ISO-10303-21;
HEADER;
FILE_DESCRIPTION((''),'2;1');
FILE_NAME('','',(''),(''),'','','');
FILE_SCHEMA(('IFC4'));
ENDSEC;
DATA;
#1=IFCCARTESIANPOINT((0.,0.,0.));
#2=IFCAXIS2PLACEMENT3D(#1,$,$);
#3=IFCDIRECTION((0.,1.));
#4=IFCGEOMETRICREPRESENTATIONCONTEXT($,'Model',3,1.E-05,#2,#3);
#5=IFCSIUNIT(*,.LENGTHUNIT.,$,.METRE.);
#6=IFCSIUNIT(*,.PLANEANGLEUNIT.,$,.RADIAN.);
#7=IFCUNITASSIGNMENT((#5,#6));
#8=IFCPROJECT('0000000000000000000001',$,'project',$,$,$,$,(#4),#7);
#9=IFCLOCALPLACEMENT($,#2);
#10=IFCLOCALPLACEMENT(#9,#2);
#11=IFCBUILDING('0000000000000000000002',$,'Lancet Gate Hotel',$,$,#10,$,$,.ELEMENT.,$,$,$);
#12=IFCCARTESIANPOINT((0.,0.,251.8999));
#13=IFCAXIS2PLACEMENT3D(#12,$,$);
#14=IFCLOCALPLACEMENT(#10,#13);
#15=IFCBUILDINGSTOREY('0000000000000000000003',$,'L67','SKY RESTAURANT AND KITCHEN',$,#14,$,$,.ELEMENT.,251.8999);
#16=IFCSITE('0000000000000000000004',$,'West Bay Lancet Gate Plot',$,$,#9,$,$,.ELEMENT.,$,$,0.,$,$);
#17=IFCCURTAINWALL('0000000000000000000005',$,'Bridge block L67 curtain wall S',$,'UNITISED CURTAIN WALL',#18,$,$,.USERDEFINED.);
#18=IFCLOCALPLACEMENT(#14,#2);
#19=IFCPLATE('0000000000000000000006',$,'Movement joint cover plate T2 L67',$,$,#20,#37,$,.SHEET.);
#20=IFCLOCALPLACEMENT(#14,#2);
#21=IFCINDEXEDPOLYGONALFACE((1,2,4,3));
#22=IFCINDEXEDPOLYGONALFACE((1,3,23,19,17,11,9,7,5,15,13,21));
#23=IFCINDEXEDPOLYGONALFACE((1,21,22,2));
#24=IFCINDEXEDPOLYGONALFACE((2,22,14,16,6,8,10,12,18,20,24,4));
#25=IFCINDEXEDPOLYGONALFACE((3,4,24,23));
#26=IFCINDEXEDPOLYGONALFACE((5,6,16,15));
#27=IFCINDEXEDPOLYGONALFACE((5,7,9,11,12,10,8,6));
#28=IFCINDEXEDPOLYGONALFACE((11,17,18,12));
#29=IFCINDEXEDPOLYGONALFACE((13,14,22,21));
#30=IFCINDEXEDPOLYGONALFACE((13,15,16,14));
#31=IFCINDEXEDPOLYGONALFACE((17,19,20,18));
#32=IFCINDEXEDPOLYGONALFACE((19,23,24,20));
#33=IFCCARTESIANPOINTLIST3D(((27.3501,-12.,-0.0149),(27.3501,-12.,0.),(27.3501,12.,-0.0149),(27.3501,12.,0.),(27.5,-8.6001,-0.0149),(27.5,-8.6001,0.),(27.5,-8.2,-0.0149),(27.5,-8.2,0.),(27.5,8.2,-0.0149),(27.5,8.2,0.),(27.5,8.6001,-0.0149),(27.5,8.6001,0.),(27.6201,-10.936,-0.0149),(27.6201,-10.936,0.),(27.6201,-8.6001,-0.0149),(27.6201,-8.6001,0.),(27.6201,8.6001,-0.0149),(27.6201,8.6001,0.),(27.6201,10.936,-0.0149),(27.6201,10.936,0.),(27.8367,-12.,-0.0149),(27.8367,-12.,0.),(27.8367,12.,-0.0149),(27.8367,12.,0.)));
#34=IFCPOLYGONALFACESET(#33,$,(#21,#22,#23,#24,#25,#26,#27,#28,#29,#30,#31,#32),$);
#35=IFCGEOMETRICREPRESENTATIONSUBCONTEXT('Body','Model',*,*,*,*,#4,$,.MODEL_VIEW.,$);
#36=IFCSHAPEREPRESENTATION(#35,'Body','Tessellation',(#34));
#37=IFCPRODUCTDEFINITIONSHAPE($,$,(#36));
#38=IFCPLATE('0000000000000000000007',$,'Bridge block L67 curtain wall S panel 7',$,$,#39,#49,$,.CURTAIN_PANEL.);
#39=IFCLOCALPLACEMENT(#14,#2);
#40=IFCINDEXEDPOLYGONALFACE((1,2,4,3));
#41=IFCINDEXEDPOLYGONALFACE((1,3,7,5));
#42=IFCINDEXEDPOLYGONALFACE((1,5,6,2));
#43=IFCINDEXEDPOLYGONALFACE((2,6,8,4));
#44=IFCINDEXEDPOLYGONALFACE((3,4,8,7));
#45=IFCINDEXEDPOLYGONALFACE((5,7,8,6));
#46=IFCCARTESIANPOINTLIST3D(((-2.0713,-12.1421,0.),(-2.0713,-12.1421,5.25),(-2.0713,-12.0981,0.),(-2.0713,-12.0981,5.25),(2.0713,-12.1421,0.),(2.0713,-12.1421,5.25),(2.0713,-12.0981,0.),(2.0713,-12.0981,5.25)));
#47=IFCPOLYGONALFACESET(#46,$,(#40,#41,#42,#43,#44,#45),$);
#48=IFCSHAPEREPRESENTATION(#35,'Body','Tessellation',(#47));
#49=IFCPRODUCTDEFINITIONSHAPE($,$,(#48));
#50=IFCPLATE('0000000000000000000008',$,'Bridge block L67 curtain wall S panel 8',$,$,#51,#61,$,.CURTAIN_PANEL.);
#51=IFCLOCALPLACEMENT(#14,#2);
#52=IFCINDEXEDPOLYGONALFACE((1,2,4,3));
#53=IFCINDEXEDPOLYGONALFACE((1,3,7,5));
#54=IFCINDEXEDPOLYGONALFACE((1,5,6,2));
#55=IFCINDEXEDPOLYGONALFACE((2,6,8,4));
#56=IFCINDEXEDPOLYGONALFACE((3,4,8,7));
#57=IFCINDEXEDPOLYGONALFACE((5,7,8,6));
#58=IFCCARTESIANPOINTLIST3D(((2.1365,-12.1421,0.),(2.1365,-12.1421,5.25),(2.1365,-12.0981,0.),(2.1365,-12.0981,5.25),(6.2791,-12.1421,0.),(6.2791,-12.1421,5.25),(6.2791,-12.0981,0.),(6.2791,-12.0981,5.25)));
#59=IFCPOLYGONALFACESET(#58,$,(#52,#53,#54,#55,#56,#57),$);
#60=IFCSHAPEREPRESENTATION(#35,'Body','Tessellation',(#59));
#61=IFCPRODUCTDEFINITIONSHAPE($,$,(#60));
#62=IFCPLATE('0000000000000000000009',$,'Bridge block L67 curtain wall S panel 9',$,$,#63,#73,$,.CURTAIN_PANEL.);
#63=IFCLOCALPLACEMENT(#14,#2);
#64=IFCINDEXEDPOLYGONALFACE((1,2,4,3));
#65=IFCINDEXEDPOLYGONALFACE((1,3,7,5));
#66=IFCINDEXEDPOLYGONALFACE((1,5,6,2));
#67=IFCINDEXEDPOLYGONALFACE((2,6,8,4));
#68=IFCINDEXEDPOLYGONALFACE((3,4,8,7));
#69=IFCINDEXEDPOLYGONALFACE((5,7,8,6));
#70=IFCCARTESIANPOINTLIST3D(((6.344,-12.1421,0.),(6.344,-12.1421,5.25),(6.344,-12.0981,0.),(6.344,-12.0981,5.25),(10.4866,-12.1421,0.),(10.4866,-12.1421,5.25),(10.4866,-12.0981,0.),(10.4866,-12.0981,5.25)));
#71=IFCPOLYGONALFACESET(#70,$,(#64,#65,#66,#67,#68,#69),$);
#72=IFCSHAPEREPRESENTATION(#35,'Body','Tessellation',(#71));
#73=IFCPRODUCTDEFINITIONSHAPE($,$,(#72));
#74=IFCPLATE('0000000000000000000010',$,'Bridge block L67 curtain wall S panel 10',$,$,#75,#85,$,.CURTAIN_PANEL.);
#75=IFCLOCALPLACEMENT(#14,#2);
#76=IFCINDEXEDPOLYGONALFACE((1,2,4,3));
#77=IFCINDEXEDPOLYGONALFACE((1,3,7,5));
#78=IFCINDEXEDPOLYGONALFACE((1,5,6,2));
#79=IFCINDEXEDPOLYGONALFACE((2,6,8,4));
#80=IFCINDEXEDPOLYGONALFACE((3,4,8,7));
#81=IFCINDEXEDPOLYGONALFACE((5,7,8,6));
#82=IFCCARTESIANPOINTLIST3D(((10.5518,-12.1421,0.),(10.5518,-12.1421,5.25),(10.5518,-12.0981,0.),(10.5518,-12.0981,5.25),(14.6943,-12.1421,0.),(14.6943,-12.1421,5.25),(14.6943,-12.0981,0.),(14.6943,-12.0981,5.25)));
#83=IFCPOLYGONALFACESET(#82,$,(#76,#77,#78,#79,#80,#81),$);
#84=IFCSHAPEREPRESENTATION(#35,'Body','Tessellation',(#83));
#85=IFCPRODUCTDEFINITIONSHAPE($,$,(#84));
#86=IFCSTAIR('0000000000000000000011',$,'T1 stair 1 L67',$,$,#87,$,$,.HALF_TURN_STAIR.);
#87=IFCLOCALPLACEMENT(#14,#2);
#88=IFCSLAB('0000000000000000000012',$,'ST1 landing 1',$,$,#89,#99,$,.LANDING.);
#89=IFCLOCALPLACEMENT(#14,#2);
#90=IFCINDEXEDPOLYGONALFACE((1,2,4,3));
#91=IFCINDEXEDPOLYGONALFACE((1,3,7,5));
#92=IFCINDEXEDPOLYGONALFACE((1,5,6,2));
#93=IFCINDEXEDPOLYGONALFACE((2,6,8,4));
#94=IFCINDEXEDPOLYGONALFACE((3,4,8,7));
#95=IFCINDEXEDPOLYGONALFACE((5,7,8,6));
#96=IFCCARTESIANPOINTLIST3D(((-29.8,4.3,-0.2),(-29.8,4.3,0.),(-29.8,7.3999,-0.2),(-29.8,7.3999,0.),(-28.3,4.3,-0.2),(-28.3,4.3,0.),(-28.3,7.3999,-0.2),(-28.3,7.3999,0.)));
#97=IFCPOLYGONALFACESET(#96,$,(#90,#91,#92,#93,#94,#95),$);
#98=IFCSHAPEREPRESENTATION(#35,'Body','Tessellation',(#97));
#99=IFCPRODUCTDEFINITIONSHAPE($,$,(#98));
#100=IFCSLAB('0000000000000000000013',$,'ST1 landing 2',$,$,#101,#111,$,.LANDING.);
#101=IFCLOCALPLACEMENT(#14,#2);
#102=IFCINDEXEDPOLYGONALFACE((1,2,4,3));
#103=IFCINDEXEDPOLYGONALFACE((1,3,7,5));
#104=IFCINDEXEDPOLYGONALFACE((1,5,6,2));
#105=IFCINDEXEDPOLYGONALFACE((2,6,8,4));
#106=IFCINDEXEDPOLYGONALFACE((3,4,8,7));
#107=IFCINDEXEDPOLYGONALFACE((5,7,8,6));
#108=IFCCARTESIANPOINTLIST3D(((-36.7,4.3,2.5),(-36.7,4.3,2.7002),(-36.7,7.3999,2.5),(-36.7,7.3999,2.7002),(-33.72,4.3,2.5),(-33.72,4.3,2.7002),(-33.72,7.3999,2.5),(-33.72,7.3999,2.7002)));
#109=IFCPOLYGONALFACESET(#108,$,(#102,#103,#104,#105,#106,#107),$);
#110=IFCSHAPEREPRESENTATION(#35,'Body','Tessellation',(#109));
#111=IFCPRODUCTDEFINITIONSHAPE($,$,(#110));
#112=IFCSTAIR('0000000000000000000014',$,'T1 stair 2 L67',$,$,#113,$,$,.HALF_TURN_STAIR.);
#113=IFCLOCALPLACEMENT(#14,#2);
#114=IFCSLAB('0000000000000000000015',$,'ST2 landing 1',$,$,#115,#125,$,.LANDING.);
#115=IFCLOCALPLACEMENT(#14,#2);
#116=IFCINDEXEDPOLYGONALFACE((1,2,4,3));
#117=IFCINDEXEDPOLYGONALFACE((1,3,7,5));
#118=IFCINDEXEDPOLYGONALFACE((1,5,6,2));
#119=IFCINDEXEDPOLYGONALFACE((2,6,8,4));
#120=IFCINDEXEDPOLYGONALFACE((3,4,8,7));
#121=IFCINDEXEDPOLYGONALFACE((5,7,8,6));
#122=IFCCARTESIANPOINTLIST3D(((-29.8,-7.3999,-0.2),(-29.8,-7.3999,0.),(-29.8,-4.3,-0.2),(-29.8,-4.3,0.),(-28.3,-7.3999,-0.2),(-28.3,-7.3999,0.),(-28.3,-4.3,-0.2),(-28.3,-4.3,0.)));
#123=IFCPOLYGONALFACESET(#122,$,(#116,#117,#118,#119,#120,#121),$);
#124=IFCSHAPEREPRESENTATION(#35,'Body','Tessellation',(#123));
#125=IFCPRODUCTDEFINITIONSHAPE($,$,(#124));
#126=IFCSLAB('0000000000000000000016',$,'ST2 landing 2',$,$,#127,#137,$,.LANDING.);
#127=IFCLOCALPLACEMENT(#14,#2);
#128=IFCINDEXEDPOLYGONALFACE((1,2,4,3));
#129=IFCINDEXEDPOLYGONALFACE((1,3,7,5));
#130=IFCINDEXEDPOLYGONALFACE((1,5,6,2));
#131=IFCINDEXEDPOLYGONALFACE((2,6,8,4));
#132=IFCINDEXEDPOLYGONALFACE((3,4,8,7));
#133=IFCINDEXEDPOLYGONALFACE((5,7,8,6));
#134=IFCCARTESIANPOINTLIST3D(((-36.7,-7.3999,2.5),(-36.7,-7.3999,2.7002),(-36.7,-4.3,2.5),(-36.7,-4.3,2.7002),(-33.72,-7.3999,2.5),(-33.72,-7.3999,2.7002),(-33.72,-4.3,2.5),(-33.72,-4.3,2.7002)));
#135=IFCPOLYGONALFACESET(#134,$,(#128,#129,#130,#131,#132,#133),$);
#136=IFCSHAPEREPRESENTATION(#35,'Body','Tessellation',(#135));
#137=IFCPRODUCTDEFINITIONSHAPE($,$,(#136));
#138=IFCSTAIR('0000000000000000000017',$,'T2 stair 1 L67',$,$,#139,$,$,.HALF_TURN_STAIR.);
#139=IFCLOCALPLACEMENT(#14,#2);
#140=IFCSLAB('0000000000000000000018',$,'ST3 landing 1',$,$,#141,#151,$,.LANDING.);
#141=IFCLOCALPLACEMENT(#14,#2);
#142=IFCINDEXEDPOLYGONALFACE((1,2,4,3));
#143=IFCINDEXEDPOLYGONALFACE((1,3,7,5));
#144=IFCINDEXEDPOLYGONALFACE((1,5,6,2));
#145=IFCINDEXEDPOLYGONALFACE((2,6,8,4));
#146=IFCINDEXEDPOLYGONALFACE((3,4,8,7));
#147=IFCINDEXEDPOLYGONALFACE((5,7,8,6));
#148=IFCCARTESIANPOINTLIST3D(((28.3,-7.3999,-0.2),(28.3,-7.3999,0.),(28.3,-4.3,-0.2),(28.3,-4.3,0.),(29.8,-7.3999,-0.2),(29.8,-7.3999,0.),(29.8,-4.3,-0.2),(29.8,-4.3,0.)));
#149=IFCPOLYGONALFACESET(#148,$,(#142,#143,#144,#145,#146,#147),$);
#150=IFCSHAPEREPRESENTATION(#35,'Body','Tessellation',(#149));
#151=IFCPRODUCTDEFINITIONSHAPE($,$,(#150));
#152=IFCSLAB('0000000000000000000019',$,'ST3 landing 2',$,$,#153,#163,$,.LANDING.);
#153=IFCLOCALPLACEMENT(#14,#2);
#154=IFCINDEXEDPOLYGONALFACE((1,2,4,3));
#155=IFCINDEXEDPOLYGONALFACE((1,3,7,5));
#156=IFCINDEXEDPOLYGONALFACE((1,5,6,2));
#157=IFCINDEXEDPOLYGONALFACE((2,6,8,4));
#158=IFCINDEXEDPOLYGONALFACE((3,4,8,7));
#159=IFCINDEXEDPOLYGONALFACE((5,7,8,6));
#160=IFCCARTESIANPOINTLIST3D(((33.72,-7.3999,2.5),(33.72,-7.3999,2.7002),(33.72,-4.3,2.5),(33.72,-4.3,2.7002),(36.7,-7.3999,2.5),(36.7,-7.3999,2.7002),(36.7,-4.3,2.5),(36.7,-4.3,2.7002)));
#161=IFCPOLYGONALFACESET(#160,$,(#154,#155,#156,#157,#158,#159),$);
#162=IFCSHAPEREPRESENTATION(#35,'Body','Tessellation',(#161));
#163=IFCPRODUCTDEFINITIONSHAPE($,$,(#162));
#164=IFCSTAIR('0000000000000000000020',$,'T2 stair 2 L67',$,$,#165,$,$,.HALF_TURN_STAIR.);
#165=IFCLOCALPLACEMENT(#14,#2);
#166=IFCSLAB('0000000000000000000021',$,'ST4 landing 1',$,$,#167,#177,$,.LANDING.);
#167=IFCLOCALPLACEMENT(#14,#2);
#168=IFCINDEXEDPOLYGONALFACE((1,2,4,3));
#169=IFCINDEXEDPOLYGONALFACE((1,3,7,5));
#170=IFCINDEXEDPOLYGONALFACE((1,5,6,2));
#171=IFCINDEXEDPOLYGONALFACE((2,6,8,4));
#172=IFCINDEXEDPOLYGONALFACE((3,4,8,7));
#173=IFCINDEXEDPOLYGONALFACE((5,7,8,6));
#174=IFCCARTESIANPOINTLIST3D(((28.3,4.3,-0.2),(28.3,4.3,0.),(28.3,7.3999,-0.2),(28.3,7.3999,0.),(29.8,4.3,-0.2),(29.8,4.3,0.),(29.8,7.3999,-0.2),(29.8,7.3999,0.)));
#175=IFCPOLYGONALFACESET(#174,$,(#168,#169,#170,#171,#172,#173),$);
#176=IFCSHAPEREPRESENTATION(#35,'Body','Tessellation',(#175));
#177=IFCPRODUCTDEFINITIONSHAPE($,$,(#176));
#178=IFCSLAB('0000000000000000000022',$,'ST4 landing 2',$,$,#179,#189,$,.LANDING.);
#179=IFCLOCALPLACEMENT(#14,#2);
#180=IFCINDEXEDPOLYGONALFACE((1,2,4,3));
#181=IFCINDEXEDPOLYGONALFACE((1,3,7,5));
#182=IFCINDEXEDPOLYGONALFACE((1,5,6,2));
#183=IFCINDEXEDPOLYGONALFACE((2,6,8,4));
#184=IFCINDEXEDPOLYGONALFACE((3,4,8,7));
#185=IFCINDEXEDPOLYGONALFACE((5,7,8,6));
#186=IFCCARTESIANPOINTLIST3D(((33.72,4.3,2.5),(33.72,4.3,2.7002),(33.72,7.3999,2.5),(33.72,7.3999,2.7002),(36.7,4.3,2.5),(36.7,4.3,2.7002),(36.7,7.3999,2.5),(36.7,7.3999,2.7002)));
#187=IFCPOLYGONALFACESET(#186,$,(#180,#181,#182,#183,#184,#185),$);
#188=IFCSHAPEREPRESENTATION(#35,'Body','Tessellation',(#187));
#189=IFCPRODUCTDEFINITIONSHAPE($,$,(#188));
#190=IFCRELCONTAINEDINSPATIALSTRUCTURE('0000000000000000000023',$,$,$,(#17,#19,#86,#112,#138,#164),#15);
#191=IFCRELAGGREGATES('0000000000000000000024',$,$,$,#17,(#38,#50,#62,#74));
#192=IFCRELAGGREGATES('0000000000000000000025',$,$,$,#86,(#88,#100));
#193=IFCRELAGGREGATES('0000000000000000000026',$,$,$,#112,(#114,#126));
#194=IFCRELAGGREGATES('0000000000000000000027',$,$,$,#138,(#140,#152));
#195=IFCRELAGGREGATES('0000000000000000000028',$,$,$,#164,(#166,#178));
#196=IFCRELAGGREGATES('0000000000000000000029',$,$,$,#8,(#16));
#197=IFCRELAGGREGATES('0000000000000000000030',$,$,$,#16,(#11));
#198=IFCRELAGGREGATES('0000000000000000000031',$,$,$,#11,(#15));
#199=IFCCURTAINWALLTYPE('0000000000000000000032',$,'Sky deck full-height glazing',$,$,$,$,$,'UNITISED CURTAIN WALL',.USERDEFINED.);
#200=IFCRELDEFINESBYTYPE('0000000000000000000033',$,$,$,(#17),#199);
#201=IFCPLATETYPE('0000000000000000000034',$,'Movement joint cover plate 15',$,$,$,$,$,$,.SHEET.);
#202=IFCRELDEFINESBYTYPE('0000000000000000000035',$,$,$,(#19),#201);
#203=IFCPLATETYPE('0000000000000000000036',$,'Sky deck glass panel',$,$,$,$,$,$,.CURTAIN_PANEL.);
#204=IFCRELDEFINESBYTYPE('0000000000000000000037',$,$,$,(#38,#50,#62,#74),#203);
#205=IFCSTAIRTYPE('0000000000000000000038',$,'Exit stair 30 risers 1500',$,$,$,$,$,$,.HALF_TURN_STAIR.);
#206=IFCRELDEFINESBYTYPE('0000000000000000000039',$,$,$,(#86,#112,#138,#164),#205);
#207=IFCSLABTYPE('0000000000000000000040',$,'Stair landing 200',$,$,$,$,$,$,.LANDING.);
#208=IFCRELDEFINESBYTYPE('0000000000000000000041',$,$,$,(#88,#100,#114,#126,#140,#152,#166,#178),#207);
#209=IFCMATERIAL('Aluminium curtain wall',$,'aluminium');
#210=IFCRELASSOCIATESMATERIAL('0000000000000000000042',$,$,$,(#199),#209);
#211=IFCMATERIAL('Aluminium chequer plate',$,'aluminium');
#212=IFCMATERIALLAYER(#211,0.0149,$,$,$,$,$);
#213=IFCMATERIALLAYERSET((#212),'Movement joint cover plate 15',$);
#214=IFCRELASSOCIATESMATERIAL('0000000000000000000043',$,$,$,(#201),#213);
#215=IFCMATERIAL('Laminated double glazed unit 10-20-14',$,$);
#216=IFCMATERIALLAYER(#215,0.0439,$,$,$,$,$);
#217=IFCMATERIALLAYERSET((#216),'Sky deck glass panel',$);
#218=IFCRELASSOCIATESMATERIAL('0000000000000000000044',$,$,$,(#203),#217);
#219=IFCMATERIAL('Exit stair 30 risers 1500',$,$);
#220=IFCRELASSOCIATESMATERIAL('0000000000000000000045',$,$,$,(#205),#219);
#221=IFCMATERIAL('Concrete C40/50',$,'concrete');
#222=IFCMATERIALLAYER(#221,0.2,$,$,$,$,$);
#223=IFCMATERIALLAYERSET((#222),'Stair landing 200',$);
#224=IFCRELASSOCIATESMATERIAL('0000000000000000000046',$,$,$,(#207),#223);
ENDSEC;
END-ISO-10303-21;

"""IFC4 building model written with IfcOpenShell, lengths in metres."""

from ifc_helpers import new_model, si_unit, direction, frame, origin, origin_2d, place, context, subcontext, project, spatial, polyline, rectangle, outline, extrude, material, layer, layer_set, type_object, element, aggregate, save


model = new_model("IFC4")

# Units and contexts
model_context = context("Model", 3, precision=1e-05, world=origin(), true_north=direction((0.0, 1.0)))
body_context = subcontext(model_context, "Body", "Model", "MODEL_VIEW")
ifc_project = project(units=[si_unit("LENGTHUNIT", "METRE"), si_unit("PLANEANGLEUNIT", "RADIAN")], contexts=[model_context])

# Site, building, storey
site_placement = place(None, origin())
site = spatial("IfcSite", under=ifc_project, at=site_placement, Name="West Bay Lancet Gate Plot", CompositionType="ELEMENT", RefElevation=0.0)
building_placement = place(site_placement, origin())
building = spatial("IfcBuilding", under=site, at=building_placement, Name="Lancet Gate Hotel", CompositionType="ELEMENT")
storey_placement = place(building_placement, frame((0.0, 0.0, 251.8999)))
storey = spatial("IfcBuildingStorey", under=building, at=storey_placement, Name="L67", Description="SKY RESTAURANT AND KITCHEN", CompositionType="ELEMENT", Elevation=251.8999)

# Curtain wall
ifc_material_1 = material(Name="Aluminium curtain wall", Category="aluminium")
curtain_wall_type = type_object("IfcCurtainWallType", Name="Sky deck full-height glazing", ElementType="UNITISED CURTAIN WALL", PredefinedType="USERDEFINED", material=ifc_material_1)
curtain_wall_placement = place(storey_placement, origin())
curtain_wall = element("IfcCurtainWall", 1, at=curtain_wall_placement, inside=storey, type_object=curtain_wall_type, Name="Bridge block L67 curtain wall S", ObjectType="UNITISED CURTAIN WALL", PredefinedType="USERDEFINED")

# Plate
ifc_material_2 = material(Name="Aluminium chequer plate", Category="aluminium")
ifc_layer_1 = layer(ifc_material_2, 0.0149)
ifc_layer_set_1 = layer_set([ifc_layer_1], Name="Movement joint cover plate 15")
plate_type_1 = type_object("IfcPlateType", Name="Movement joint cover plate 15", PredefinedType="SHEET", material=ifc_layer_set_1)
plate_1_placement = place(storey_placement, frame((0.0, 0.0, -0.0149)))
element("IfcPlate", 2, at=plate_1_placement, inside=storey, type_object=plate_type_1, Name="Movement joint cover plate T2 L67", PredefinedType="SHEET", context=body_context, shape_type="SweptSolid", body=[
    extrude(outline(polyline([(27.3501, -12.0), (27.8367, -12.0), (27.6201, -10.936), (27.6201, -8.6001), (27.5, -8.6001), (27.5, -8.2), (27.5, 8.2), (27.5, 8.6001), (27.6201, 8.6001), (27.6201, 10.936), (27.8367, 12.0), (27.3501, 12.0), (27.3501, -12.0)])), origin(), (0.0, 0.0, 1.0), 0.0149),
])

# Plates
ifc_material_3 = material(Name="Laminated double glazed unit 10-20-14")
ifc_layer_2 = layer(ifc_material_3, 0.0439)
ifc_layer_set_2 = layer_set([ifc_layer_2], Name="Sky deck glass panel")
plate_type_2 = type_object("IfcPlateType", Name="Sky deck glass panel", PredefinedType="CURTAIN_PANEL", material=ifc_layer_set_2)
plate_2_placement = place(storey_placement, frame((0.0, -12.1201, 0.0), z_axis=(0.0, 0.0, 1.0), x_axis=(1.0, 0.0, 0.0)))
plate_2 = element("IfcPlate", 3, at=plate_2_placement, type_object=plate_type_2, Name="Bridge block L67 curtain wall S panel 7", PredefinedType="CURTAIN_PANEL", context=body_context, shape_type="SweptSolid", body=[
    extrude(rectangle(XDim=4.1426, YDim=0.0439, at=origin_2d()), origin(), (0.0, 0.0, 1.0), 5.25),
])
plate_3_placement = place(storey_placement, frame((4.2078, -12.1201, 0.0), z_axis=(0.0, 0.0, 1.0), x_axis=(1.0, 0.0, 0.0)))
plate_3 = element("IfcPlate", 4, at=plate_3_placement, type_object=plate_type_2, Name="Bridge block L67 curtain wall S panel 8", PredefinedType="CURTAIN_PANEL", context=body_context, shape_type="SweptSolid", body=[
    extrude(rectangle(XDim=4.1426, YDim=0.0439, at=origin_2d()), origin(), (0.0, 0.0, 1.0), 5.25),
])
plate_4_placement = place(storey_placement, frame((8.4153, -12.1201, 0.0), z_axis=(0.0, 0.0, 1.0), x_axis=(1.0, 0.0, 0.0)))
plate_4 = element("IfcPlate", 5, at=plate_4_placement, type_object=plate_type_2, Name="Bridge block L67 curtain wall S panel 9", PredefinedType="CURTAIN_PANEL", context=body_context, shape_type="SweptSolid", body=[
    extrude(rectangle(XDim=4.1426, YDim=0.0439, at=origin_2d()), origin(), (0.0, 0.0, 1.0), 5.25),
])
plate_5_placement = place(storey_placement, frame((12.623, -12.1201, 0.0), z_axis=(0.0, 0.0, 1.0), x_axis=(1.0, 0.0, 0.0)))
plate_5 = element("IfcPlate", 6, at=plate_5_placement, type_object=plate_type_2, Name="Bridge block L67 curtain wall S panel 10", PredefinedType="CURTAIN_PANEL", context=body_context, shape_type="SweptSolid", body=[
    extrude(rectangle(XDim=4.1426, YDim=0.0439, at=origin_2d()), origin(), (0.0, 0.0, 1.0), 5.25),
])
aggregate(curtain_wall, [plate_2, plate_3, plate_4, plate_5])

# Stairs, slabs
ifc_material_4 = material(Name="Exit stair 30 risers 1500")
stair_type = type_object("IfcStairType", Name="Exit stair 30 risers 1500", PredefinedType="HALF_TURN_STAIR", material=ifc_material_4)
stair_1_placement = place(storey_placement, origin())
stair_1 = element("IfcStair", 7, at=stair_1_placement, inside=storey, type_object=stair_type, Name="T1 stair 1 L67", PredefinedType="HALF_TURN_STAIR")
ifc_material_5 = material(Name="Concrete C40/50", Category="concrete")
ifc_layer_3 = layer(ifc_material_5, 0.2)
ifc_layer_set_3 = layer_set([ifc_layer_3], Name="Stair landing 200")
slab_type = type_object("IfcSlabType", Name="Stair landing 200", PredefinedType="LANDING", material=ifc_layer_set_3)
slab_1_placement = place(storey_placement, frame((0.0, 0.0, -0.2)))
slab_1 = element("IfcSlab", 8, at=slab_1_placement, type_object=slab_type, Name="ST1 landing 1", PredefinedType="LANDING", context=body_context, shape_type="SweptSolid", body=[
    extrude(outline(polyline([(-28.3, 7.3999), (-29.8, 7.3999), (-29.8, 4.3), (-28.3, 4.3), (-28.3, 7.3999)])), origin(), (0.0, 0.0, 1.0), 0.2),
])
slab_2_placement = place(storey_placement, frame((0.0, 0.0, 2.5)))
slab_2 = element("IfcSlab", 9, at=slab_2_placement, type_object=slab_type, Name="ST1 landing 2", PredefinedType="LANDING", context=body_context, shape_type="SweptSolid", body=[
    extrude(outline(polyline([(-33.72, 7.3999), (-36.7, 7.3999), (-36.7, 4.3), (-33.72, 4.3), (-33.72, 7.3999)])), origin(), (0.0, 0.0, 1.0), 0.2002),
])
aggregate(stair_1, [slab_1, slab_2])
stair_2_placement = place(storey_placement, origin())
stair_2 = element("IfcStair", 10, at=stair_2_placement, inside=storey, type_object=stair_type, Name="T1 stair 2 L67", PredefinedType="HALF_TURN_STAIR")
slab_3_placement = place(storey_placement, frame((0.0, 0.0, -0.2)))
slab_3 = element("IfcSlab", 11, at=slab_3_placement, type_object=slab_type, Name="ST2 landing 1", PredefinedType="LANDING", context=body_context, shape_type="SweptSolid", body=[
    extrude(outline(polyline([(-28.3, -4.3), (-29.8, -4.3), (-29.8, -7.3999), (-28.3, -7.3999), (-28.3, -4.3)])), origin(), (0.0, 0.0, 1.0), 0.2),
])
slab_4_placement = place(storey_placement, frame((0.0, 0.0, 2.5)))
slab_4 = element("IfcSlab", 12, at=slab_4_placement, type_object=slab_type, Name="ST2 landing 2", PredefinedType="LANDING", context=body_context, shape_type="SweptSolid", body=[
    extrude(outline(polyline([(-33.72, -4.3), (-36.7, -4.3), (-36.7, -7.3999), (-33.72, -7.3999), (-33.72, -4.3)])), origin(), (0.0, 0.0, 1.0), 0.2002),
])
aggregate(stair_2, [slab_3, slab_4])
stair_3_placement = place(storey_placement, origin())
stair_3 = element("IfcStair", 13, at=stair_3_placement, inside=storey, type_object=stair_type, Name="T2 stair 1 L67", PredefinedType="HALF_TURN_STAIR")
slab_5_placement = place(storey_placement, frame((0.0, 0.0, -0.2)))
slab_5 = element("IfcSlab", 14, at=slab_5_placement, type_object=slab_type, Name="ST3 landing 1", PredefinedType="LANDING", context=body_context, shape_type="SweptSolid", body=[
    extrude(outline(polyline([(28.3, -7.3999), (29.8, -7.3999), (29.8, -4.3), (28.3, -4.3), (28.3, -7.3999)])), origin(), (0.0, 0.0, 1.0), 0.2),
])
slab_6_placement = place(storey_placement, frame((0.0, 0.0, 2.5)))
slab_6 = element("IfcSlab", 15, at=slab_6_placement, type_object=slab_type, Name="ST3 landing 2", PredefinedType="LANDING", context=body_context, shape_type="SweptSolid", body=[
    extrude(outline(polyline([(33.72, -7.3999), (36.7, -7.3999), (36.7, -4.3), (33.72, -4.3), (33.72, -7.3999)])), origin(), (0.0, 0.0, 1.0), 0.2002),
])
aggregate(stair_3, [slab_5, slab_6])
stair_4_placement = place(storey_placement, origin())
stair_4 = element("IfcStair", 16, at=stair_4_placement, inside=storey, type_object=stair_type, Name="T2 stair 2 L67", PredefinedType="HALF_TURN_STAIR")
slab_7_placement = place(storey_placement, frame((0.0, 0.0, -0.2)))
slab_7 = element("IfcSlab", 17, at=slab_7_placement, type_object=slab_type, Name="ST4 landing 1", PredefinedType="LANDING", context=body_context, shape_type="SweptSolid", body=[
    extrude(outline(polyline([(28.3, 4.3), (29.8, 4.3), (29.8, 7.3999), (28.3, 7.3999), (28.3, 4.3)])), origin(), (0.0, 0.0, 1.0), 0.2),
])
slab_8_placement = place(storey_placement, frame((0.0, 0.0, 2.5)))
slab_8 = element("IfcSlab", 18, at=slab_8_placement, type_object=slab_type, Name="ST4 landing 2", PredefinedType="LANDING", context=body_context, shape_type="SweptSolid", body=[
    extrude(outline(polyline([(33.72, 4.3), (36.7, 4.3), (36.7, 7.3999), (33.72, 7.3999), (33.72, 4.3)])), origin(), (0.0, 0.0, 1.0), 0.2002),
])
aggregate(stair_4, [slab_7, slab_8])

save(model, "model.ifc")
